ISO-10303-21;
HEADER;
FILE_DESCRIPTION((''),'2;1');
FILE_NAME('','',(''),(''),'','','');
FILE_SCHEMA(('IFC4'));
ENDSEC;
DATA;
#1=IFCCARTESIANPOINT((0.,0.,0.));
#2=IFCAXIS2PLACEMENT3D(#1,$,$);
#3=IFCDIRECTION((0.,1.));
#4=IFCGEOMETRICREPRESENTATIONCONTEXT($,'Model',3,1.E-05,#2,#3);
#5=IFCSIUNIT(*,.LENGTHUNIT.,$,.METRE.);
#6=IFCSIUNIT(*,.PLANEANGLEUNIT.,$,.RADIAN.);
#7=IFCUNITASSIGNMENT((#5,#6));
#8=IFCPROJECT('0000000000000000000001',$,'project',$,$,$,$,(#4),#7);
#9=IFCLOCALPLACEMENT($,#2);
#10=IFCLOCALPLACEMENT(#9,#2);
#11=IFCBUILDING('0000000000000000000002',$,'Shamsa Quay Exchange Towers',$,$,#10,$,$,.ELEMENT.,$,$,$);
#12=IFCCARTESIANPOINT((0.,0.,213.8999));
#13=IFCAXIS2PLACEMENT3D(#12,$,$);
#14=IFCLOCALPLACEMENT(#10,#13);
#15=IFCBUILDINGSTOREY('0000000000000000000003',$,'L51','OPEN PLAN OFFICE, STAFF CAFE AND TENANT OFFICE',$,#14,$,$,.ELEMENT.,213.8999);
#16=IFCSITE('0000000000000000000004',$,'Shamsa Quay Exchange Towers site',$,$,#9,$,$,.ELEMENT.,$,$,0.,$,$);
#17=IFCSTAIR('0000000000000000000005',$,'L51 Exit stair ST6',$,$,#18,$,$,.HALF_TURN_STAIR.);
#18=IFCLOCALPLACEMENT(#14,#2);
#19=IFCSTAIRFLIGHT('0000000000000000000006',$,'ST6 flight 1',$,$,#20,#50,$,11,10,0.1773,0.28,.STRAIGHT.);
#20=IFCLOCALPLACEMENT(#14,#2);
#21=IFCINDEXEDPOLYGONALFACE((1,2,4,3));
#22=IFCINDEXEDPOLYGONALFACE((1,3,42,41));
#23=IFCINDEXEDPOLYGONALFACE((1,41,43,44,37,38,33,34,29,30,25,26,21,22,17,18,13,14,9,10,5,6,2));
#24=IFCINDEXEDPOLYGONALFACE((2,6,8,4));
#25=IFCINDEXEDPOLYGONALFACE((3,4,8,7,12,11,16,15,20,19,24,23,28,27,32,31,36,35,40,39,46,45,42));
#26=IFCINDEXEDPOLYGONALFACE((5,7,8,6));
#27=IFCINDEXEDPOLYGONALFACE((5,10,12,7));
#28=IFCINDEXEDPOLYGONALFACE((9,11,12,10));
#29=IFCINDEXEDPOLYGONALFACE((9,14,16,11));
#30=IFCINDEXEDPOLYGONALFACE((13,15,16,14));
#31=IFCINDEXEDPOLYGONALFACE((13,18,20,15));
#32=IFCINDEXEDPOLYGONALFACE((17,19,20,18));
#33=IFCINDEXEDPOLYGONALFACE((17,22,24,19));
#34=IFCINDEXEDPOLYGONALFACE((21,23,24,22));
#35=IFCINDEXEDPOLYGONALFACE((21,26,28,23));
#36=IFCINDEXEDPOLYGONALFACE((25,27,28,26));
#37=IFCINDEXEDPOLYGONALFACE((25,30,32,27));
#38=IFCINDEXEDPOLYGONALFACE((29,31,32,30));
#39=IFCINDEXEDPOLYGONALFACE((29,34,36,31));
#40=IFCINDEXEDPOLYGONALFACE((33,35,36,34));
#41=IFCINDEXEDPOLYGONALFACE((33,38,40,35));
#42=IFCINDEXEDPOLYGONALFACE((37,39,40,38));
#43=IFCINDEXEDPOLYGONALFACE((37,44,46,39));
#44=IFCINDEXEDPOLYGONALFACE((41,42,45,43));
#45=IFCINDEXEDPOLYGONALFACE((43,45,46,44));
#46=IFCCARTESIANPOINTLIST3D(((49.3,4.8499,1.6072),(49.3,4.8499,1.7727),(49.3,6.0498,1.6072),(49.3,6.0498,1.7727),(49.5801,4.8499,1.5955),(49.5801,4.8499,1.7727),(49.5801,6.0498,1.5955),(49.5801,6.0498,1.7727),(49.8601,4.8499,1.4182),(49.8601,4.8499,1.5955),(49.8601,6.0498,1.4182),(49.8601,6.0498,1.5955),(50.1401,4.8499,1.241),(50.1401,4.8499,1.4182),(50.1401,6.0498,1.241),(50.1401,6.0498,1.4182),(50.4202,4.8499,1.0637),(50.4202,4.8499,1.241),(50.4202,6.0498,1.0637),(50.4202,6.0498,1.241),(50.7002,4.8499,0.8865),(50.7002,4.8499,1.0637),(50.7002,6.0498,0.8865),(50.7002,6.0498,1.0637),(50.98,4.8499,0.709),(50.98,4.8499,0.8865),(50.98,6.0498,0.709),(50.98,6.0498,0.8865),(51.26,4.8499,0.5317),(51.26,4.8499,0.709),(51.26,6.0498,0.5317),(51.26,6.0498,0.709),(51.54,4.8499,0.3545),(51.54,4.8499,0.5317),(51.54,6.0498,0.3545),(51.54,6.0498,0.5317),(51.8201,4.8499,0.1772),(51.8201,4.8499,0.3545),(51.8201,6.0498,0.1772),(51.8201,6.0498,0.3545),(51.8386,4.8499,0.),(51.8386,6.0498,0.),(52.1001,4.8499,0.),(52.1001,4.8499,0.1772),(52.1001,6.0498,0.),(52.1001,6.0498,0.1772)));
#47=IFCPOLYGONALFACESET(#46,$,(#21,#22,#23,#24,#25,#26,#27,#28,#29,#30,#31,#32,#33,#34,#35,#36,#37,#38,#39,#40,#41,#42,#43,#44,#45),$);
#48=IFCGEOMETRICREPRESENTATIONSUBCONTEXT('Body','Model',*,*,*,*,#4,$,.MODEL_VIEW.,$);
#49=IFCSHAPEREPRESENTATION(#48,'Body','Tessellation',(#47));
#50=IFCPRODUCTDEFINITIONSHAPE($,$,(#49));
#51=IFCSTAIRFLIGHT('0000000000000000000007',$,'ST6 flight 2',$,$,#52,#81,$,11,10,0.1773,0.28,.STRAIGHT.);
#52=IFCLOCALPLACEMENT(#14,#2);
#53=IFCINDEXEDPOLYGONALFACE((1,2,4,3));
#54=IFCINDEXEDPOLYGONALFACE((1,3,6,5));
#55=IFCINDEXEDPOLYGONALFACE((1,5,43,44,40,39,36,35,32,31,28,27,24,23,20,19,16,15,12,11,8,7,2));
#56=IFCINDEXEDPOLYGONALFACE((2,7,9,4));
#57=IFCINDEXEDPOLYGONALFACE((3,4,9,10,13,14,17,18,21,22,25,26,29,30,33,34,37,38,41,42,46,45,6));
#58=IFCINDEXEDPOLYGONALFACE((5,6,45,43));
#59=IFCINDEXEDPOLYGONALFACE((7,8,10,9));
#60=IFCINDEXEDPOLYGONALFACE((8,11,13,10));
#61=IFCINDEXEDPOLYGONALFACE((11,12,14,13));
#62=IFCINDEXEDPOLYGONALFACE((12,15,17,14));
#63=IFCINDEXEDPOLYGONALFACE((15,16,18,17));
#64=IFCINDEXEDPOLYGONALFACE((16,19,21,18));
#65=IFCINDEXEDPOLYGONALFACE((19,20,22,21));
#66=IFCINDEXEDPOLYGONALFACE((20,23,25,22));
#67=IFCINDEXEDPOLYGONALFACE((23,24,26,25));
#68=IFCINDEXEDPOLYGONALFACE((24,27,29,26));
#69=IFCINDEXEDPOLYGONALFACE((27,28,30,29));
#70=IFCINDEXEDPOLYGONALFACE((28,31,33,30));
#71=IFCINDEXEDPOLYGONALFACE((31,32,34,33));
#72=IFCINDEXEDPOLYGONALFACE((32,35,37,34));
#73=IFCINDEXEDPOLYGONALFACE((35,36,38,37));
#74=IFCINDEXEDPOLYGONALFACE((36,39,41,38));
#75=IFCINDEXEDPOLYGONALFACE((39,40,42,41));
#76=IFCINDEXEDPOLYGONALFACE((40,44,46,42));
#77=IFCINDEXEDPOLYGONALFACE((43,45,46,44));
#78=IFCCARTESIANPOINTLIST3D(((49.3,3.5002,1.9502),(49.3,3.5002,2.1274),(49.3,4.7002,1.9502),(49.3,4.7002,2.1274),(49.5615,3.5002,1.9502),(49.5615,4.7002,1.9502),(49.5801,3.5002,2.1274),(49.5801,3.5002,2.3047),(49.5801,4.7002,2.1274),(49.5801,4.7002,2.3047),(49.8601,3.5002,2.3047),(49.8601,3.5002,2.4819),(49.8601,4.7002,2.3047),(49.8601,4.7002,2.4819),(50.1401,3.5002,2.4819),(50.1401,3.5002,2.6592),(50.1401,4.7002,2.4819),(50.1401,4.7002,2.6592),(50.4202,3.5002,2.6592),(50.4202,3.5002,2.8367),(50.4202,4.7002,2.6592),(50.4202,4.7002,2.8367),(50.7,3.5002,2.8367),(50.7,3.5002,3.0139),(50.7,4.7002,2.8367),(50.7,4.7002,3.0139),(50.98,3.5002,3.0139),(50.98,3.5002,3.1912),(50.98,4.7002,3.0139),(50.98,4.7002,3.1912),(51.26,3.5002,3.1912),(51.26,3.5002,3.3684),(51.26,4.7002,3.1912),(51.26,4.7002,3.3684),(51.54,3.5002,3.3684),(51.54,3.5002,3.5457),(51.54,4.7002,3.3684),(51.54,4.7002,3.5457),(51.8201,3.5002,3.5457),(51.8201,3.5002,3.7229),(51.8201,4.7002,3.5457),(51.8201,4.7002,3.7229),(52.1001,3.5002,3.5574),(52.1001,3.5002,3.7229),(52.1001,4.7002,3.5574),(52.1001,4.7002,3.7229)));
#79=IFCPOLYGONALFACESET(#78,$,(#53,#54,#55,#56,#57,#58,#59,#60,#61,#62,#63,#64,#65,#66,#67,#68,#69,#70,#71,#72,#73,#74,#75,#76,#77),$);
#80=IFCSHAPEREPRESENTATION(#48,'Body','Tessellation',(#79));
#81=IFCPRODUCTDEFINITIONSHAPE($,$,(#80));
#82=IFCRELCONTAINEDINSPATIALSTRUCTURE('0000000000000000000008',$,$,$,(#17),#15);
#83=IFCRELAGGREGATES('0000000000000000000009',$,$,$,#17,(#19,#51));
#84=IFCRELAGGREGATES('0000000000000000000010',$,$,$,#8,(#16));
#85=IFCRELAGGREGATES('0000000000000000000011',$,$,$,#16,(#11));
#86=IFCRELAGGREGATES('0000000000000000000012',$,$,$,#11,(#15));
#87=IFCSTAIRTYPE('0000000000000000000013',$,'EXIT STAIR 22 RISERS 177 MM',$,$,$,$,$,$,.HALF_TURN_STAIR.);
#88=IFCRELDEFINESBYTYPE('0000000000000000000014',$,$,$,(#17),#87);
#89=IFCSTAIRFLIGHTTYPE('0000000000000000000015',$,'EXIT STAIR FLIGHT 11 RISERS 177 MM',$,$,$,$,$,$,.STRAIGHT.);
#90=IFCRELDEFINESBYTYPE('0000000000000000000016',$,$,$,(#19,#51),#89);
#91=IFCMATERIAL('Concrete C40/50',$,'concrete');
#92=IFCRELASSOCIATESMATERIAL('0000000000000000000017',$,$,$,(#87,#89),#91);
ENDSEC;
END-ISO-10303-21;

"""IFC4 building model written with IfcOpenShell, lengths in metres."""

from ifc_helpers import new_model, si_unit, direction, frame, origin, place, context, subcontext, project, spatial, polyline, outline, extrude, material, type_object, element, aggregate, save


model = new_model("IFC4")

# Units and contexts
model_context = context("Model", 3, precision=1e-05, world=origin(), true_north=direction((0.0, 1.0)))
body_context = subcontext(model_context, "Body", "Model", "MODEL_VIEW")
ifc_project = project(units=[si_unit("LENGTHUNIT", "METRE"), si_unit("PLANEANGLEUNIT", "RADIAN")], contexts=[model_context])

# Site, building, storey
site_placement = place(None, origin())
site = spatial("IfcSite", under=ifc_project, at=site_placement, Name="Shamsa Quay Exchange Towers site", CompositionType="ELEMENT", RefElevation=0.0)
building_placement = place(site_placement, origin())
building = spatial("IfcBuilding", under=site, at=building_placement, Name="Shamsa Quay Exchange Towers", CompositionType="ELEMENT")
storey_placement = place(building_placement, frame((0.0, 0.0, 213.8999)))
storey = spatial("IfcBuildingStorey", under=building, at=storey_placement, Name="L51", Description="OPEN PLAN OFFICE, STAFF CAFE AND TENANT OFFICE", CompositionType="ELEMENT", Elevation=213.8999)

# Stair, stair flights
ifc_material_1 = material(Name="Concrete C40/50", Category="concrete")
stair_type = type_object("IfcStairType", Name="EXIT STAIR 22 RISERS 177 MM", PredefinedType="HALF_TURN_STAIR", material=ifc_material_1)
stair_placement = place(storey_placement, origin())
stair = element("IfcStair", 1, at=stair_placement, inside=storey, type_object=stair_type, Name="L51 Exit stair ST6", PredefinedType="HALF_TURN_STAIR")
stair_flight_type = type_object("IfcStairFlightType", Name="EXIT STAIR FLIGHT 11 RISERS 177 MM", PredefinedType="STRAIGHT", material=ifc_material_1)
stair_flight_1_placement = place(storey_placement, frame((52.1001, 5.45, 0.0), z_axis=(0.0, 0.0, 1.0), x_axis=(-1.0, 0.0, 0.0)))
stair_flight_1 = element("IfcStairFlight", 2, at=stair_flight_1_placement, type_object=stair_flight_type, Name="ST6 flight 1", NumberOfRisers=11, NumberOfTreads=10, PredefinedType="STRAIGHT", RiserHeight=0.1773, TreadLength=0.28, context=body_context, shape_type="SweptSolid", body=[
    extrude(outline(polyline([(0.0, 0.0), (0.0, 0.1772), (0.28, 0.1772), (0.28, 0.3545), (0.5601, 0.3545), (0.5601, 0.5317), (0.8401, 0.5317), (0.8401, 0.709), (1.1201, 0.709), (1.1201, 0.8865), (1.3999, 0.8865), (1.3999, 1.0637), (1.6799, 1.0637), (1.6799, 1.241), (1.96, 1.241), (1.96, 1.4182), (2.24, 1.4182), (2.24, 1.5955), (2.52, 1.5955), (2.52, 1.7727), (2.8, 1.7727), (2.8, 1.95), (2.8, 1.6072), (0.2615, 0.0), (0.0, 0.0)])), frame((0.0, 0.6001, 0.0), z_axis=(0.0, -1.0, 0.0), x_axis=(1.0, 0.0, 0.0)), (0.0, 0.0, 1.0), 1.2),
])
stair_flight_2_placement = place(storey_placement, frame((49.3, 4.1001, 1.9502)))
stair_flight_2 = element("IfcStairFlight", 3, at=stair_flight_2_placement, type_object=stair_flight_type, Name="ST6 flight 2", NumberOfRisers=11, NumberOfTreads=10, PredefinedType="STRAIGHT", RiserHeight=0.1773, TreadLength=0.28, context=body_context, shape_type="SweptSolid", body=[
    extrude(outline(polyline([(0.0, 0.0), (0.0, 0.1772), (0.28, 0.1772), (0.28, 0.3545), (0.5601, 0.3545), (0.5601, 0.5317), (0.8401, 0.5317), (0.8401, 0.709), (1.1201, 0.709), (1.1201, 0.8865), (1.3999, 0.8865), (1.3999, 1.0637), (1.6799, 1.0637), (1.6799, 1.241), (1.96, 1.241), (1.96, 1.4182), (2.24, 1.4182), (2.24, 1.5955), (2.52, 1.5955), (2.52, 1.7727), (2.8, 1.7727), (2.8, 1.95), (2.8, 1.6072), (0.2615, 0.0), (0.0, 0.0)])), frame((0.0, 0.6001, 0.0), z_axis=(0.0, -1.0, 0.0), x_axis=(1.0, 0.0, 0.0)), (0.0, 0.0, 1.0), 1.2),
])
aggregate(stair, [stair_flight_1, stair_flight_2])

save(model, "model.ifc")
